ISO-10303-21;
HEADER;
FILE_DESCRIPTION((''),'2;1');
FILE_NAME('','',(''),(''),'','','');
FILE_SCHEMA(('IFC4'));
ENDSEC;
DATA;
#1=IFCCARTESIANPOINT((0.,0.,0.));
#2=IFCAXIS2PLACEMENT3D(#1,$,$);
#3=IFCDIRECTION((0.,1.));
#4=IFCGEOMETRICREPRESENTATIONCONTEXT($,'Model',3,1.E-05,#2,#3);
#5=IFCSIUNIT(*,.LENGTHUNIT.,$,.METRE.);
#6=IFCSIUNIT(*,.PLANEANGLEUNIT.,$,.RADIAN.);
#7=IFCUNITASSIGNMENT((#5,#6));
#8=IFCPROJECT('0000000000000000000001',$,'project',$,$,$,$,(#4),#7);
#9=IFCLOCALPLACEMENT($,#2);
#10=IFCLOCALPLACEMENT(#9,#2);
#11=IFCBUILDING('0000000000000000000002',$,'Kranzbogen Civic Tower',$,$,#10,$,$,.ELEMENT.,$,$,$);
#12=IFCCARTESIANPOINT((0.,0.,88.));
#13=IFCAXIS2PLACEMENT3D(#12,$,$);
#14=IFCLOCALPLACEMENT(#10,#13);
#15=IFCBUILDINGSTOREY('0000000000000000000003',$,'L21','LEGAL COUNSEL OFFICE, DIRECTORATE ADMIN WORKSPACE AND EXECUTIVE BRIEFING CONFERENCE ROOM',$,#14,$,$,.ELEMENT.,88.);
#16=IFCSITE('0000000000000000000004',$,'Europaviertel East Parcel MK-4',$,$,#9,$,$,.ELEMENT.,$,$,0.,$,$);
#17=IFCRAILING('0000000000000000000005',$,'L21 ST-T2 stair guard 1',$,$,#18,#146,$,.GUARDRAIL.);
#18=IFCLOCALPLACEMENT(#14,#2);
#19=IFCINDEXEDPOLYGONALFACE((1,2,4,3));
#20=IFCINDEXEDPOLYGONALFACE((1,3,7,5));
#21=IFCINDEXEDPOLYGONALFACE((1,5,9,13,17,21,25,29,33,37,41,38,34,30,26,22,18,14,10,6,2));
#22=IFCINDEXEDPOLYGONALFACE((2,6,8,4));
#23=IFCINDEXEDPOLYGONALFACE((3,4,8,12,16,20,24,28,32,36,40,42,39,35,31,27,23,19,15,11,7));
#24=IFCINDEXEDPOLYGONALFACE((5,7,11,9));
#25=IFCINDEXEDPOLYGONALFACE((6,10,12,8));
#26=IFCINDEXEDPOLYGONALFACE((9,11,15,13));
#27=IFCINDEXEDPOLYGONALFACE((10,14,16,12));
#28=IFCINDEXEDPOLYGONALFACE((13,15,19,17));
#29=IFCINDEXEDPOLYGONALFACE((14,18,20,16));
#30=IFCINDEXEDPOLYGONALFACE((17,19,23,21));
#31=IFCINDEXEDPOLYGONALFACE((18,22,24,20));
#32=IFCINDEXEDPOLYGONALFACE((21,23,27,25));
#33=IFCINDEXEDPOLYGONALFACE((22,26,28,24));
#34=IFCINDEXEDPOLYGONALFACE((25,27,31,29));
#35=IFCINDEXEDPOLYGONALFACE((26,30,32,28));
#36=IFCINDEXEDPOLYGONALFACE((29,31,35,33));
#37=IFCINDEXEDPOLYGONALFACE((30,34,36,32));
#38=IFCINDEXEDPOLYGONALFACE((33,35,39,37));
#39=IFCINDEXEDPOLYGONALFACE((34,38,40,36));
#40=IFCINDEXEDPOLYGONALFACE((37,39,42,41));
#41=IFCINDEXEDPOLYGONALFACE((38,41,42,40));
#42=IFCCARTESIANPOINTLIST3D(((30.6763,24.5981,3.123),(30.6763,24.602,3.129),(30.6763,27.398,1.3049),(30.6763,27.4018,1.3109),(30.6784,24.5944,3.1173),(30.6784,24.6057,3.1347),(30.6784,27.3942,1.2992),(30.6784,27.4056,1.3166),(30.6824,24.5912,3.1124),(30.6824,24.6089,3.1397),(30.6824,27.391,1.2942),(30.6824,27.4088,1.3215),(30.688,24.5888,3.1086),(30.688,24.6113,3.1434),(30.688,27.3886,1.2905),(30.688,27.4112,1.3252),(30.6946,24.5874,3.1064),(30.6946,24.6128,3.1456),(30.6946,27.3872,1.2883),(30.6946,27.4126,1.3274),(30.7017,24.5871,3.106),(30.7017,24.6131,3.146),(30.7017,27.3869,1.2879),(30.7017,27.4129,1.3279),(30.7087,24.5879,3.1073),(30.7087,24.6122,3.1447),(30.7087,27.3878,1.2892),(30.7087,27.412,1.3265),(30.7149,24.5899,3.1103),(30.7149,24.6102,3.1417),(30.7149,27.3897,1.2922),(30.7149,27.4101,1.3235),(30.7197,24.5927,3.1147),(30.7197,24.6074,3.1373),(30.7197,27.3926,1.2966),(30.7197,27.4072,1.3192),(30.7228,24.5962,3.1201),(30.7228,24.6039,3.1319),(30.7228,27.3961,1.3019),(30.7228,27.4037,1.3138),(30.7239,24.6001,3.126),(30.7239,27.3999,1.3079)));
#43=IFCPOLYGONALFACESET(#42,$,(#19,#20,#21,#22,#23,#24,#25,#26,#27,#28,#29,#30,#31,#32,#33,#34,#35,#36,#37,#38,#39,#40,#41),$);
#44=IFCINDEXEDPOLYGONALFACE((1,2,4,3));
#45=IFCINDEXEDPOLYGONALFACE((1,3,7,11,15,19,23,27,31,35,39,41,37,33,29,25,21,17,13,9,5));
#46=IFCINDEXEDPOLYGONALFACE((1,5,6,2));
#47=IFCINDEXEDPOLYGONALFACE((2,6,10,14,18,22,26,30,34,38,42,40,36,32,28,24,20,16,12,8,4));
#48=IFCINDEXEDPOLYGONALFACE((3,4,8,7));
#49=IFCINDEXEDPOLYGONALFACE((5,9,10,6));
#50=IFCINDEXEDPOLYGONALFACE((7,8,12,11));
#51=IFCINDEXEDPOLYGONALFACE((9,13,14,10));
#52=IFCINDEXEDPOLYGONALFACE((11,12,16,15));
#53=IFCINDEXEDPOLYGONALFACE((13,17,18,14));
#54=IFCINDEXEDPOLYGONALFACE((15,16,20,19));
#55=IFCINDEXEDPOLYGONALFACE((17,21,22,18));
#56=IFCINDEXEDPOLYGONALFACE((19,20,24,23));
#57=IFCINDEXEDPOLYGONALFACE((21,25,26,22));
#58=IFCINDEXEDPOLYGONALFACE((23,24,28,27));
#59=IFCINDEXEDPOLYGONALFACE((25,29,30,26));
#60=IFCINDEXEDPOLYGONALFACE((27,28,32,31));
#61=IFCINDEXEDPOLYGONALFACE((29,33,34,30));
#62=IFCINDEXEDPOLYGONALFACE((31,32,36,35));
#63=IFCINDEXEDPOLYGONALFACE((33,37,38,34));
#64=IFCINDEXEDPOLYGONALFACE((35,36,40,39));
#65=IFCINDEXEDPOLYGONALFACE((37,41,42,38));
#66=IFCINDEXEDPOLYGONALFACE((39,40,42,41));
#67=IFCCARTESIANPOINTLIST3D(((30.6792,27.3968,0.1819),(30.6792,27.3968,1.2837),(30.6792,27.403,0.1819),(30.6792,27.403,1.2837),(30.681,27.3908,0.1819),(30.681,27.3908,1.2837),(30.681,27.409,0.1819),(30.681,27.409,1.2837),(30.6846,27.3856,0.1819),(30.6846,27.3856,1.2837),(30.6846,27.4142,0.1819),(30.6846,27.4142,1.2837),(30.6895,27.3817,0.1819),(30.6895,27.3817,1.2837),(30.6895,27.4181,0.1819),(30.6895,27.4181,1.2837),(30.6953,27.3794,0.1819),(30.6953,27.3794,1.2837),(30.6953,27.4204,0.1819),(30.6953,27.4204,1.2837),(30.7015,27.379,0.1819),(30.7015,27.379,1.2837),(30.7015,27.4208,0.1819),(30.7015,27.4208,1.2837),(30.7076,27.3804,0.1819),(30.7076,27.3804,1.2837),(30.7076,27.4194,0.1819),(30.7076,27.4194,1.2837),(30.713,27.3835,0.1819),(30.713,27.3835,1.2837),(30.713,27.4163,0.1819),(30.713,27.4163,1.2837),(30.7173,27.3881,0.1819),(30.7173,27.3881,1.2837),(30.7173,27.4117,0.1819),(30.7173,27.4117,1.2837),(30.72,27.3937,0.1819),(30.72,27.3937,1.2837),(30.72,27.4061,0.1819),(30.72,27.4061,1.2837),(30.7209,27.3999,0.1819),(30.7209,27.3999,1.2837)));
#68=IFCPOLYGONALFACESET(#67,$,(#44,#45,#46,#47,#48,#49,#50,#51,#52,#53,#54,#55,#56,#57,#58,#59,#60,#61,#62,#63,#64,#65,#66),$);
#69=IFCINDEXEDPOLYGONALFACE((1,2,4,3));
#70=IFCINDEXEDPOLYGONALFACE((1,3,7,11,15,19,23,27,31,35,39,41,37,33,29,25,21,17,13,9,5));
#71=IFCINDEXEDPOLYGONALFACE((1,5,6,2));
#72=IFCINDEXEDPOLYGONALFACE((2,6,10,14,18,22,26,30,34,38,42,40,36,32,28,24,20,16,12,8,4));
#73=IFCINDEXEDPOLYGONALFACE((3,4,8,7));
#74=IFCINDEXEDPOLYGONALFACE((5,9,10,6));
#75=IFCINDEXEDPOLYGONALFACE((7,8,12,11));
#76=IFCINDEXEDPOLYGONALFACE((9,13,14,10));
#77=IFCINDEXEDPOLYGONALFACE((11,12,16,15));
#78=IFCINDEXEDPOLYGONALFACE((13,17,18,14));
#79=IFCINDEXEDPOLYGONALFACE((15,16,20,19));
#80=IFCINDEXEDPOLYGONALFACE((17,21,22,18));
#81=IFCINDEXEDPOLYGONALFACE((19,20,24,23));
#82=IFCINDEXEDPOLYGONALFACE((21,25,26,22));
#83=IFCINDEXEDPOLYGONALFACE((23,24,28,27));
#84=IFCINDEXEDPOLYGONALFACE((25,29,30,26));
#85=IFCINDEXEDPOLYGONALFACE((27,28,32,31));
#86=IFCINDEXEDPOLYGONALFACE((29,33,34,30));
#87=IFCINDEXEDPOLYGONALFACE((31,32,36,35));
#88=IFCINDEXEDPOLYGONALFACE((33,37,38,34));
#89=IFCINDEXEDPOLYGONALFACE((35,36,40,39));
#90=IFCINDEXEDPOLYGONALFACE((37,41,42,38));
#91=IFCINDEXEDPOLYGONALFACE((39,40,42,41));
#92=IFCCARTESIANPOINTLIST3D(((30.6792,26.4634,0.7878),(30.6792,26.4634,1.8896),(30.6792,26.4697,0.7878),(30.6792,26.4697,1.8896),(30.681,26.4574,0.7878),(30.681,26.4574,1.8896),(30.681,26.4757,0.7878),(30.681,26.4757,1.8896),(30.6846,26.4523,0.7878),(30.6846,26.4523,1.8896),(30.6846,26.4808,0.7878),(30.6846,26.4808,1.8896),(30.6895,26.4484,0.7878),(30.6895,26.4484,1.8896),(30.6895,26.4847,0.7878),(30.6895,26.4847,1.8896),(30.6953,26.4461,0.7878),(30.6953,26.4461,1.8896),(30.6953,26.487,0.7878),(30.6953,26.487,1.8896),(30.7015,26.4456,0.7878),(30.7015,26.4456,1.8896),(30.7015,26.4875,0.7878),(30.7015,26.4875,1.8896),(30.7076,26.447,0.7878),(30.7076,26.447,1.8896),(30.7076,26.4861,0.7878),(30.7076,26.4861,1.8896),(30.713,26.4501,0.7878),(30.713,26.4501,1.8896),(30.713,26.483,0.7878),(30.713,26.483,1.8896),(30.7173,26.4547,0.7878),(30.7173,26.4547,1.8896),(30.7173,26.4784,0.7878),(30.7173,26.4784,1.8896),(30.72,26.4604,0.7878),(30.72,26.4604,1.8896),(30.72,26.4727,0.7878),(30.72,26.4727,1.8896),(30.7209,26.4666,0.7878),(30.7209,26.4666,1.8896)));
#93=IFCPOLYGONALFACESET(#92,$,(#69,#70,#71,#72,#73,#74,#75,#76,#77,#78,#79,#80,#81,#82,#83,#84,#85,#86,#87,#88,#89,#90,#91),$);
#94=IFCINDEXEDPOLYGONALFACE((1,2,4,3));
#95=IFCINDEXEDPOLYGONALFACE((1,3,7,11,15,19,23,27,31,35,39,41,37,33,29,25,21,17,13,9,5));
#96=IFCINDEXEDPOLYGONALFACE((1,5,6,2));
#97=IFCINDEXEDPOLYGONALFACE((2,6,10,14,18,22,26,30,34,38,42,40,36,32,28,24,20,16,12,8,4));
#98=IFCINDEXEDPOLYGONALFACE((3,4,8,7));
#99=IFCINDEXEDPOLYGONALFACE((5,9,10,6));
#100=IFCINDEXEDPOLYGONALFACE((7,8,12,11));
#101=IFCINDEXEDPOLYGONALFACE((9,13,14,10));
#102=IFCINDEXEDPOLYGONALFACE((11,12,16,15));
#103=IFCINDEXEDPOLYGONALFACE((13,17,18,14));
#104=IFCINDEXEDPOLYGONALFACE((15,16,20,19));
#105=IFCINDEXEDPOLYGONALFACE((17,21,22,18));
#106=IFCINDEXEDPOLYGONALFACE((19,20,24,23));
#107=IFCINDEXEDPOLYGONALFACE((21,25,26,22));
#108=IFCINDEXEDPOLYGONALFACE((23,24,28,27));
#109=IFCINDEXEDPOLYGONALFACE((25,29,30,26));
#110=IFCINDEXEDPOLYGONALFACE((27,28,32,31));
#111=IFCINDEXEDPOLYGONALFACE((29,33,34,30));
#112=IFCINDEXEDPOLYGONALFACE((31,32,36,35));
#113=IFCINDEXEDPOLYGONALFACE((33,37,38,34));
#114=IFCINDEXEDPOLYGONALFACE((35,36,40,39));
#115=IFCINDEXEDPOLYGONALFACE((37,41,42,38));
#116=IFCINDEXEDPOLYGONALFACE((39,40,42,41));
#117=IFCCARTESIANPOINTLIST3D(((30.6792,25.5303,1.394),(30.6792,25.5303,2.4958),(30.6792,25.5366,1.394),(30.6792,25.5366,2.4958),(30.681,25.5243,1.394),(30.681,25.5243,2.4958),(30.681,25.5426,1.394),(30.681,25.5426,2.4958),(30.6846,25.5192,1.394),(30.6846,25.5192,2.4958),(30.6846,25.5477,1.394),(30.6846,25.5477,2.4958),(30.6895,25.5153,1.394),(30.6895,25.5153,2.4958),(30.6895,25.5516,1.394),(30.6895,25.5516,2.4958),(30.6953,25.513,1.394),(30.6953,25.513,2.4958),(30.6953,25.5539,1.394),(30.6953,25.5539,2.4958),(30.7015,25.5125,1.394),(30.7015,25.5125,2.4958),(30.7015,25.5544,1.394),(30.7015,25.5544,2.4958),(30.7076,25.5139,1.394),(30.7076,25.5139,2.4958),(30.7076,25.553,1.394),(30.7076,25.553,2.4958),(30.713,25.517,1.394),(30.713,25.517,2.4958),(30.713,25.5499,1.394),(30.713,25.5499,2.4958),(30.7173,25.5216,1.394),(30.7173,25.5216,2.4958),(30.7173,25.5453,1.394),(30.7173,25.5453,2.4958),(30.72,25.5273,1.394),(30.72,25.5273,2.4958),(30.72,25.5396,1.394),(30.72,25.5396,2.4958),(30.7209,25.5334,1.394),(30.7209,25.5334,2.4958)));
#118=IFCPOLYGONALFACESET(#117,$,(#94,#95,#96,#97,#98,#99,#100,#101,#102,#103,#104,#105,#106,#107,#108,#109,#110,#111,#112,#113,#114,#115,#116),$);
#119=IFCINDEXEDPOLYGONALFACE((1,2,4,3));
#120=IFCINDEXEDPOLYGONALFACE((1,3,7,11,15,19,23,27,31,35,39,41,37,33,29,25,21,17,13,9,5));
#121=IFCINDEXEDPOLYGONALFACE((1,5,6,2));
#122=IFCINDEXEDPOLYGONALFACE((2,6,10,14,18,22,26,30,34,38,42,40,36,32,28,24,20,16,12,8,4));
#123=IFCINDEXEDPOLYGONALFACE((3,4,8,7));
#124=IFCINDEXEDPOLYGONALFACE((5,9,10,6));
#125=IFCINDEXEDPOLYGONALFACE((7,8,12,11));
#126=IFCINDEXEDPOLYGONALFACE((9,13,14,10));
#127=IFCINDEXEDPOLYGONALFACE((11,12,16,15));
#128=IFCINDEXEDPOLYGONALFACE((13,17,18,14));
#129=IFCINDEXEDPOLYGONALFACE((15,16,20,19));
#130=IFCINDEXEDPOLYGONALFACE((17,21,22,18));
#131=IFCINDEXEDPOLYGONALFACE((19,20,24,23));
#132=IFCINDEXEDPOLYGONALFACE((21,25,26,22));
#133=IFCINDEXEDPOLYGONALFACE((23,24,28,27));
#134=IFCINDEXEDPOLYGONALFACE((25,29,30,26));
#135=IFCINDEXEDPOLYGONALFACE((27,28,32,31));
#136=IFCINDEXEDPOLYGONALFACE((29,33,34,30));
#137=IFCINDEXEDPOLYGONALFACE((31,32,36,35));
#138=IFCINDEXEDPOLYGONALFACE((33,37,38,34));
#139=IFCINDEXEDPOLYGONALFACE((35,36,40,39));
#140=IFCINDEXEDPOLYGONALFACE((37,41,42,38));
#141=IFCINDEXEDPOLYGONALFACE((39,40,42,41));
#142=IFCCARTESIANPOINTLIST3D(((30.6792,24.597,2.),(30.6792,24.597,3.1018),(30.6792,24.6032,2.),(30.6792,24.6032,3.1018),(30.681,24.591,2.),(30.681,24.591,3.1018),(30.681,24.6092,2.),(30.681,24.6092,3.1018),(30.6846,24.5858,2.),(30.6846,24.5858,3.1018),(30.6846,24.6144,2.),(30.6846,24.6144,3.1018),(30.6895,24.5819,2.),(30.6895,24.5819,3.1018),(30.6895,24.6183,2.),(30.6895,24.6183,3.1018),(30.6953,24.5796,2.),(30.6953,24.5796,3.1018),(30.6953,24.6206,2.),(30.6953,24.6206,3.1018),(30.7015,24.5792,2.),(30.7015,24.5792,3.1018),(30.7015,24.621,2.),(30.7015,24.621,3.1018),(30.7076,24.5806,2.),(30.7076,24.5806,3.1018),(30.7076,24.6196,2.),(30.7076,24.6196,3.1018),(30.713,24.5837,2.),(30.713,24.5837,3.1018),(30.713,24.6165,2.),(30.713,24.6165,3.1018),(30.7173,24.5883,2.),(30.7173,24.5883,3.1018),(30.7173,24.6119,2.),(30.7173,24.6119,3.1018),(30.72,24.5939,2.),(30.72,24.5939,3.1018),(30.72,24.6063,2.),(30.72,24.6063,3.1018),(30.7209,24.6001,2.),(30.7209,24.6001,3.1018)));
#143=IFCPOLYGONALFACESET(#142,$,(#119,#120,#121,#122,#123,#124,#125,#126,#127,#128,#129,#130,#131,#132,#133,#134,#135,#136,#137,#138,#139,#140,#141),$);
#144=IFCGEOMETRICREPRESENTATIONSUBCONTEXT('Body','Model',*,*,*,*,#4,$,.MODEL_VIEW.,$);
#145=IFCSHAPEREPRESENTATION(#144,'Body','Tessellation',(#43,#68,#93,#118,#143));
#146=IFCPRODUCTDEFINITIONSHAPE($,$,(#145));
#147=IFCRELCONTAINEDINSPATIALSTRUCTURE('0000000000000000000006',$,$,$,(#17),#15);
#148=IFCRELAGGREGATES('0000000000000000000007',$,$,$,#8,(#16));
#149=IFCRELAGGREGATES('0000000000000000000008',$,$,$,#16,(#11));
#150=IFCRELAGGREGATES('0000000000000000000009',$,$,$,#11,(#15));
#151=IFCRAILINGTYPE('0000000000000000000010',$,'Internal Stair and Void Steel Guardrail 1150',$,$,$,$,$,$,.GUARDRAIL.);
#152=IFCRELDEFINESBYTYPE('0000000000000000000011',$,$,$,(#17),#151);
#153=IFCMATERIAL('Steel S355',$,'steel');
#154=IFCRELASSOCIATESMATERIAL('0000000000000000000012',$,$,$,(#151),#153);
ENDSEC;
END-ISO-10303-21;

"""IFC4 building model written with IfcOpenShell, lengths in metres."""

from ifc_helpers import new_model, si_unit, direction, frame, origin, origin_2d, place, context, subcontext, project, spatial, circle, extrude, material, type_object, element, save


model = new_model("IFC4")

# Units and contexts
model_context = context("Model", 3, precision=1e-05, world=origin(), true_north=direction((0.0, 1.0)))
body_context = subcontext(model_context, "Body", "Model", "MODEL_VIEW")
ifc_project = project(units=[si_unit("LENGTHUNIT", "METRE"), si_unit("PLANEANGLEUNIT", "RADIAN")], contexts=[model_context])

# Site, building, storey
site_placement = place(None, origin())
site = spatial("IfcSite", under=ifc_project, at=site_placement, Name="Europaviertel East Parcel MK-4", CompositionType="ELEMENT", RefElevation=0.0)
building_placement = place(site_placement, origin())
building = spatial("IfcBuilding", under=site, at=building_placement, Name="Kranzbogen Civic Tower", CompositionType="ELEMENT")
storey_placement = place(building_placement, frame((0.0, 0.0, 88.0)))
storey = spatial("IfcBuildingStorey", under=building, at=storey_placement, Name="L21", Description="LEGAL COUNSEL OFFICE, DIRECTORATE ADMIN WORKSPACE AND EXECUTIVE BRIEFING CONFERENCE ROOM", CompositionType="ELEMENT", Elevation=88.0)

# Shared definitions
ifc_material_1 = material(Name="Steel S355", Category="steel")

# Railing
railing_type_1 = type_object("IfcRailingType", Name="Internal Stair and Void Steel Guardrail 1150", PredefinedType="GUARDRAIL", material=ifc_material_1)
railing_1_placement = place(storey_placement, frame((30.7, 27.3999, 0.1819)))
element("IfcRailing", 1, at=railing_1_placement, inside=storey, type_object=railing_type_1, Name="L21 ST-T2 stair guard 1", PredefinedType="GUARDRAIL", context=body_context, shape_type="SweptSolid", body=[
    extrude(circle(Radius=0.0239, at=origin_2d()), frame((0.0, 0.0, 1.126), z_axis=(0.0, -0.838684, 0.544618), x_axis=(1.0, 0.0, 0.0)), (0.0, 0.0, 1.0), 3.3384),
    extrude(circle(Radius=0.021, at=origin_2d()), origin(), (0.0, 0.0, 1.0), 1.1018),
    extrude(circle(Radius=0.021, at=origin_2d()), frame((0.0, -0.9333, 0.606)), (0.0, 0.0, 1.0), 1.1018),
    extrude(circle(Radius=0.021, at=origin_2d()), frame((0.0, -1.8665, 1.2122)), (0.0, 0.0, 1.0), 1.1018),
    extrude(circle(Radius=0.021, at=origin_2d()), frame((0.0, -2.7998, 1.8181)), (0.0, 0.0, 1.0), 1.1018),
])

save(model, "model.ifc")
